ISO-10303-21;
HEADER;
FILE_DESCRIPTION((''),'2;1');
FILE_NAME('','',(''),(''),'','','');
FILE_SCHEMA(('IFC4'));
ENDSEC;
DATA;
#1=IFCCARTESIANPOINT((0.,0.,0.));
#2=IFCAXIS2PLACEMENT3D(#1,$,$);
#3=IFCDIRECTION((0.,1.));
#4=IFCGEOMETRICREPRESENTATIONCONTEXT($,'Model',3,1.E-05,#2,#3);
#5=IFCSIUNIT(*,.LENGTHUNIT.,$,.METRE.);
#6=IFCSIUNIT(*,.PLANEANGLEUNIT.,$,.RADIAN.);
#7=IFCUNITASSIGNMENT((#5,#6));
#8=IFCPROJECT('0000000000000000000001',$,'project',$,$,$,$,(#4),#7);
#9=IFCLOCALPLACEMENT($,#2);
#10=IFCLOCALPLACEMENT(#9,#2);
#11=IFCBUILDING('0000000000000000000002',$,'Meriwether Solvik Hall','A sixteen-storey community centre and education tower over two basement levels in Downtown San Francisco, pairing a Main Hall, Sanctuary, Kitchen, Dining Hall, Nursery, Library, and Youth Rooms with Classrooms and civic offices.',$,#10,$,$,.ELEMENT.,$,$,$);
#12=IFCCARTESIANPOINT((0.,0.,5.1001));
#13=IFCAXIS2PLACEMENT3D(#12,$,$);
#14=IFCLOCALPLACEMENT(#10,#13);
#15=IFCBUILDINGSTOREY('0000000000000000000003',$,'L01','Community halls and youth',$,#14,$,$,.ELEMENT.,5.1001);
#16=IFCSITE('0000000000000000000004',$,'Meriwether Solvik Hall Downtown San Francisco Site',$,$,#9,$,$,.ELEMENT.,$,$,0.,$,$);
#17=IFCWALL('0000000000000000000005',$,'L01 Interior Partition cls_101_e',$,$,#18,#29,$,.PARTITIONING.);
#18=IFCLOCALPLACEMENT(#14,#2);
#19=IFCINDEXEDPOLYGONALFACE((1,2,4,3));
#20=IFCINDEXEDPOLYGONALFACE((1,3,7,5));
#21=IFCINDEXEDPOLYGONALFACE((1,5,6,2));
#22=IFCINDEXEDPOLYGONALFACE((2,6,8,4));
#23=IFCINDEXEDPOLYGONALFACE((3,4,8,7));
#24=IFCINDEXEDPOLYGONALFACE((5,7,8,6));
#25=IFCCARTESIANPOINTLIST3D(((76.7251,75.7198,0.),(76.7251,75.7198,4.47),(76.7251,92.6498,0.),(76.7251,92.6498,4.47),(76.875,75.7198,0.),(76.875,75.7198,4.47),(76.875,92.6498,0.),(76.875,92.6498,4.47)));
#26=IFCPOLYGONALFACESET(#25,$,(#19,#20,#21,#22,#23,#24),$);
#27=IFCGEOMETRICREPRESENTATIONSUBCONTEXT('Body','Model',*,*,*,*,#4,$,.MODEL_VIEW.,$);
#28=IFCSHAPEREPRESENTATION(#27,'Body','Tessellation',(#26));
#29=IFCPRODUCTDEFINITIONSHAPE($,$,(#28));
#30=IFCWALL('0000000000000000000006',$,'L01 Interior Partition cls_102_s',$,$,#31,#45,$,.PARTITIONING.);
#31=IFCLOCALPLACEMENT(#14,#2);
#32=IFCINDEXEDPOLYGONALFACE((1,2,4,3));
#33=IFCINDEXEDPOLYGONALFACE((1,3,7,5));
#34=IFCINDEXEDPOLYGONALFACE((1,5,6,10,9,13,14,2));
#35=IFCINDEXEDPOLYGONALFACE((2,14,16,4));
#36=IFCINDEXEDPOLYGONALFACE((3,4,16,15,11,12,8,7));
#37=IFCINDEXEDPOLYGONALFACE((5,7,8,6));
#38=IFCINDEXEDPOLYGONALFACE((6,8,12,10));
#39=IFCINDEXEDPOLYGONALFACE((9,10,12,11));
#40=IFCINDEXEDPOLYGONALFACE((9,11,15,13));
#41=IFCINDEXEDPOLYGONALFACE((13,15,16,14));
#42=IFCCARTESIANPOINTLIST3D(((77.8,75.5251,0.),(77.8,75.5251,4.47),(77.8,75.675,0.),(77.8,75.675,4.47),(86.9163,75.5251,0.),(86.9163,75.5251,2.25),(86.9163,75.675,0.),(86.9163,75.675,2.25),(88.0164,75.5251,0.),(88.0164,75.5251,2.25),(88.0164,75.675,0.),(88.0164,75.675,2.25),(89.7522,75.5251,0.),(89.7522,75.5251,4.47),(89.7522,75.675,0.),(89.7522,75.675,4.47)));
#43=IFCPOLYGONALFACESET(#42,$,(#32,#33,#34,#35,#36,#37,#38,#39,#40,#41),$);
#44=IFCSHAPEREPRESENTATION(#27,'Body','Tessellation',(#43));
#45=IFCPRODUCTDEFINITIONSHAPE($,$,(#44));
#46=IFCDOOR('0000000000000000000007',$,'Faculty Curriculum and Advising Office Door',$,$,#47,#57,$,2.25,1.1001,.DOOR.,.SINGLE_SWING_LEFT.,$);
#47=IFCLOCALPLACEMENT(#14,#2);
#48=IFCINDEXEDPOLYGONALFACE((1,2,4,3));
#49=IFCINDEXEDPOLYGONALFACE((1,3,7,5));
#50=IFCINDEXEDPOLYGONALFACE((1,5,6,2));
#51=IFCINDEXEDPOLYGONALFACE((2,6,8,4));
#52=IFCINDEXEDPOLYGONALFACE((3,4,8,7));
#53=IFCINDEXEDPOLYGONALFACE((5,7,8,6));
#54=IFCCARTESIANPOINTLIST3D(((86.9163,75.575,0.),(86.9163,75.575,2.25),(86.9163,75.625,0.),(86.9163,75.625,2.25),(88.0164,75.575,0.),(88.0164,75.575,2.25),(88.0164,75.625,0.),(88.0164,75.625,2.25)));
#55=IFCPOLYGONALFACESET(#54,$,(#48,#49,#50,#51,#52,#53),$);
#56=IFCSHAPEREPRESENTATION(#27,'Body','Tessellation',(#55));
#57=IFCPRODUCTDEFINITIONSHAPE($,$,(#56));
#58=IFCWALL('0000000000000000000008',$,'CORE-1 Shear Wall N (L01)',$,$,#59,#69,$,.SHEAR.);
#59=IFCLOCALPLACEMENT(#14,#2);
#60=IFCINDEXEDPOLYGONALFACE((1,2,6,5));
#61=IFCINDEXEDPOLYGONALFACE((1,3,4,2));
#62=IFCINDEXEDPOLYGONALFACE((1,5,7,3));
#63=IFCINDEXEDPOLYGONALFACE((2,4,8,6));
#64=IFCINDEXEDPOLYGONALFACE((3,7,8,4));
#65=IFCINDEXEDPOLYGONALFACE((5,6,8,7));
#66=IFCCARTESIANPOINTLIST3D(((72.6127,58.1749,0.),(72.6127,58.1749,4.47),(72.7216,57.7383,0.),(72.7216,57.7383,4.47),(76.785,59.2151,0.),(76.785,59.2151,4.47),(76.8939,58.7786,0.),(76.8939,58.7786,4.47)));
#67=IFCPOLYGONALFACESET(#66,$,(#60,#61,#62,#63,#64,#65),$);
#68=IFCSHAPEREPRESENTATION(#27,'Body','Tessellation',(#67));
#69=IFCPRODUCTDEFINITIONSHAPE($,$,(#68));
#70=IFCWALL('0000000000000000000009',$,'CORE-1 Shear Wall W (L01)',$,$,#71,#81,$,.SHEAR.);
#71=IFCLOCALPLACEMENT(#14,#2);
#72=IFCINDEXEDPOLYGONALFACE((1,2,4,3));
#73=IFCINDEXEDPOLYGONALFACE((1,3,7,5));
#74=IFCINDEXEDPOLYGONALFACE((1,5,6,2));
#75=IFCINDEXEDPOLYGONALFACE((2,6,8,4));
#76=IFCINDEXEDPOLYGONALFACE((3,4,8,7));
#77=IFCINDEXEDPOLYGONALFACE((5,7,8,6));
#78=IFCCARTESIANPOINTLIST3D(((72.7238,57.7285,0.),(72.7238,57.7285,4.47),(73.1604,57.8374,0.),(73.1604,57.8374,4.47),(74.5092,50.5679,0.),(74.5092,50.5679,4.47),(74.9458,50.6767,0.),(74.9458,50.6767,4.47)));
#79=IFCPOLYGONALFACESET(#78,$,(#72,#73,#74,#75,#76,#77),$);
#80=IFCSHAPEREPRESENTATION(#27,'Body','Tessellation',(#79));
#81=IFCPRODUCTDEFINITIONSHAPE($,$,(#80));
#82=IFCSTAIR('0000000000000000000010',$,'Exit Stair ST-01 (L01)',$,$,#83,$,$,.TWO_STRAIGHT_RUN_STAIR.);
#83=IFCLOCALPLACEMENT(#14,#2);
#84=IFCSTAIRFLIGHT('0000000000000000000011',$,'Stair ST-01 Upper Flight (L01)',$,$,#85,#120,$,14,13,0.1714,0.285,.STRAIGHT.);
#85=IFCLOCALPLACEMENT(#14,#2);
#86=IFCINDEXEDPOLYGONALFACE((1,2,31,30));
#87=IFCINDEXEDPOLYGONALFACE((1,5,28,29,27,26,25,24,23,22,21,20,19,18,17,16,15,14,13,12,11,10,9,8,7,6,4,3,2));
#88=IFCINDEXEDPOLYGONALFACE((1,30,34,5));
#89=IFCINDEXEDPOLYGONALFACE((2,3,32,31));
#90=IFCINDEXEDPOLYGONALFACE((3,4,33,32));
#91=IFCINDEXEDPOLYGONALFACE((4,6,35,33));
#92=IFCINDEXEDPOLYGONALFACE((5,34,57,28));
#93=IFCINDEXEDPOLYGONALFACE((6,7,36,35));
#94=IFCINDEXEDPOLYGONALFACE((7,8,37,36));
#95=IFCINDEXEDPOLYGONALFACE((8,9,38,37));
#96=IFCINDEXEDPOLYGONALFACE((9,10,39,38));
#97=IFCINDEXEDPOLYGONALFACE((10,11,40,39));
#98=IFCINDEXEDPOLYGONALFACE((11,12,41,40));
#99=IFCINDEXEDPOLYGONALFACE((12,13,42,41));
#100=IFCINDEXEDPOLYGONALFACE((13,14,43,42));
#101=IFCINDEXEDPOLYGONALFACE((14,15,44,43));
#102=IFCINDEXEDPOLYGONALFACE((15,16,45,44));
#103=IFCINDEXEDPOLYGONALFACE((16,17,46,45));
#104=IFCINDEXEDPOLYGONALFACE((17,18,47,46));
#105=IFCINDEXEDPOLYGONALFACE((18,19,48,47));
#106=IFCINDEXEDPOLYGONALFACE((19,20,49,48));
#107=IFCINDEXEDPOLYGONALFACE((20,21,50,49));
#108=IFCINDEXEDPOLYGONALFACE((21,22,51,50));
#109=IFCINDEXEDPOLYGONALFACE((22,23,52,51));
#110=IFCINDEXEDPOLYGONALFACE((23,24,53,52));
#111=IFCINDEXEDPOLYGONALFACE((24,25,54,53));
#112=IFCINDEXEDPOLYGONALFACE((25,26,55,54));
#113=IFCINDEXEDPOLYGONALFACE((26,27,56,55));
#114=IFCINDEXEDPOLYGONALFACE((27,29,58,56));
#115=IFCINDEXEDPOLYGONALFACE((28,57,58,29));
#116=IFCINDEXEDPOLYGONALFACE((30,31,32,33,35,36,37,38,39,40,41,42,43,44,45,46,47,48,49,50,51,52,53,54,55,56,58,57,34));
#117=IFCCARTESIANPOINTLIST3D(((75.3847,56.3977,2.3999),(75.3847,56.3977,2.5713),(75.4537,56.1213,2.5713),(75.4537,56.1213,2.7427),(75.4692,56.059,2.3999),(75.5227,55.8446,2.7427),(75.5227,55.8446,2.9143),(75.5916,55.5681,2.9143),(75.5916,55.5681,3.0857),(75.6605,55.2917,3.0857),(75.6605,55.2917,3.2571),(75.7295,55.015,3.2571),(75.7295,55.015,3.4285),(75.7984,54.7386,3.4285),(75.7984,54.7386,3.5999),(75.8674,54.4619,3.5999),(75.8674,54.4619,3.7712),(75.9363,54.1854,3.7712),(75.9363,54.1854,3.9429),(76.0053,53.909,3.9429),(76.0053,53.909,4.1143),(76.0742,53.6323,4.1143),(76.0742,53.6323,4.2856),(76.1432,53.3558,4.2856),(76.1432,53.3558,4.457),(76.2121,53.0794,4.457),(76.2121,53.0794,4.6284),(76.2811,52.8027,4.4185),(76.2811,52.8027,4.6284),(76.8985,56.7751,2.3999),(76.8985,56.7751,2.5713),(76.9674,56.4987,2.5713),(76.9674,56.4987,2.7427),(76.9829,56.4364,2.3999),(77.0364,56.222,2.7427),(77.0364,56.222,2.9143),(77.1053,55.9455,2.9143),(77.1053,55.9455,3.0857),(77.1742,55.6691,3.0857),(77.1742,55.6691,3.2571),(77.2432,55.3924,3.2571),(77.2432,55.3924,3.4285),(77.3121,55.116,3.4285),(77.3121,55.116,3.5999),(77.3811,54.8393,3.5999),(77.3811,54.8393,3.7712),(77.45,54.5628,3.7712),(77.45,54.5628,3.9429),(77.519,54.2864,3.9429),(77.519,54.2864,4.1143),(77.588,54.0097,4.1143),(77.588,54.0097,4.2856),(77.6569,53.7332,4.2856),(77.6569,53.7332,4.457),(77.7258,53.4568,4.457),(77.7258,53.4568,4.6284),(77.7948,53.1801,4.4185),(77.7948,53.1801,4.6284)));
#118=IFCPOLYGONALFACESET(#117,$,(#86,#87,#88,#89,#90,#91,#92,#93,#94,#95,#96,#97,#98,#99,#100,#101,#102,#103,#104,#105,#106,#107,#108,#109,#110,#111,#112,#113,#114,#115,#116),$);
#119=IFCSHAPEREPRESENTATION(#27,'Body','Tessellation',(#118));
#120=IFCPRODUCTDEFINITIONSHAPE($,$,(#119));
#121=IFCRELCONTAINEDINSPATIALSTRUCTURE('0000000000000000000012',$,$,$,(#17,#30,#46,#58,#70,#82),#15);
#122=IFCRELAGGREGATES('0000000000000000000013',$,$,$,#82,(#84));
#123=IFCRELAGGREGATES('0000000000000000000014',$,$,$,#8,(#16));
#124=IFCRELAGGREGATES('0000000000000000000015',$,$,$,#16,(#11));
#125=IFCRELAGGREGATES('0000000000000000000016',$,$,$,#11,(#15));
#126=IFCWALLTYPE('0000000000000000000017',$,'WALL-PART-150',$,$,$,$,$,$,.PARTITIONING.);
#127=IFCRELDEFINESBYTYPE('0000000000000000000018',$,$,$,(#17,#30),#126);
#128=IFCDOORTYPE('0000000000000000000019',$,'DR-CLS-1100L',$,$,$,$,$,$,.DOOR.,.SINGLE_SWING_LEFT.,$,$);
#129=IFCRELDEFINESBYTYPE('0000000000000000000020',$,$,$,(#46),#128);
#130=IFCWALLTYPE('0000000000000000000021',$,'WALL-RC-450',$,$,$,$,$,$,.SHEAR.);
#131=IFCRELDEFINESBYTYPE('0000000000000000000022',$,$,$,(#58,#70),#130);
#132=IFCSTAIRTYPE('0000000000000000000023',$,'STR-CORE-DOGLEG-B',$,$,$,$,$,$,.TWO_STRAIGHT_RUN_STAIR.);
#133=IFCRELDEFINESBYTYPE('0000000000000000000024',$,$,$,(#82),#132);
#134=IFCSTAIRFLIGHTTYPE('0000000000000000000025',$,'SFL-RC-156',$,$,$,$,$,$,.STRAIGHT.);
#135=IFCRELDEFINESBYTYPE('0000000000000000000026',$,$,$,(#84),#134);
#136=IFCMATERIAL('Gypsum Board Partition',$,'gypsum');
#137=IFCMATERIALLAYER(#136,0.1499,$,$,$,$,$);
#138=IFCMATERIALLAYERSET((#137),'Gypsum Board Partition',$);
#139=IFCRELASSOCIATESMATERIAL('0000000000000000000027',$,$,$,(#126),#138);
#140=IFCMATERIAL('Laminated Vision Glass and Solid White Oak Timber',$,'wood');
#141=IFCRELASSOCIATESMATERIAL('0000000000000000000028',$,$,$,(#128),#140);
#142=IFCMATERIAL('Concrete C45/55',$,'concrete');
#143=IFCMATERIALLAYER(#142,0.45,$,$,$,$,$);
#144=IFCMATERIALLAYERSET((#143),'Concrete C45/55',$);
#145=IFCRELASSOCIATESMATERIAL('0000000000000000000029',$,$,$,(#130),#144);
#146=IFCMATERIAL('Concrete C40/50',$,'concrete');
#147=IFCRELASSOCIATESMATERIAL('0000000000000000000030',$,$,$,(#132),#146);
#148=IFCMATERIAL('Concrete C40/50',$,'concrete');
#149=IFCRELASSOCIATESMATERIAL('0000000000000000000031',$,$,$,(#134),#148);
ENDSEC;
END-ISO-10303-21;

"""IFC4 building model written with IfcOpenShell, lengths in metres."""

from ifc_helpers import new_model, si_unit, direction, frame, frame_2d, origin, place, context, subcontext, project, spatial, polyline, rectangle, outline, extrude, material, layer, layer_set, type_object, element, fill, aggregate, save


model = new_model("IFC4")

# Units and contexts
model_context = context("Model", 3, precision=1e-05, world=origin(), true_north=direction((0.0, 1.0)))
body_context = subcontext(model_context, "Body", "Model", "MODEL_VIEW")
ifc_project = project(units=[si_unit("LENGTHUNIT", "METRE"), si_unit("PLANEANGLEUNIT", "RADIAN")], contexts=[model_context])

# Site, building, storey
site_placement = place(None, origin())
site = spatial("IfcSite", under=ifc_project, at=site_placement, Name="Meriwether Solvik Hall Downtown San Francisco Site", CompositionType="ELEMENT", RefElevation=0.0)
building_placement = place(site_placement, origin())
building = spatial("IfcBuilding", under=site, at=building_placement, Name="Meriwether Solvik Hall", Description="A sixteen-storey community centre and education tower over two basement levels in Downtown San Francisco, pairing a Main Hall, Sanctuary, Kitchen, Dining Hall, Nursery, Library, and Youth Rooms with Classrooms and civic offices.", CompositionType="ELEMENT")
storey_placement = place(building_placement, frame((0.0, 0.0, 5.1001)))
storey = spatial("IfcBuildingStorey", under=building, at=storey_placement, Name="L01", Description="Community halls and youth", CompositionType="ELEMENT", Elevation=5.1001)

# Wall
ifc_material_1 = material(Name="Gypsum Board Partition", Category="gypsum")
ifc_layer_1 = layer(ifc_material_1, 0.1499)
ifc_layer_set_1 = layer_set([ifc_layer_1], Name="Gypsum Board Partition")
wall_type_1 = type_object("IfcWallType", Name="WALL-PART-150", PredefinedType="PARTITIONING", material=ifc_layer_set_1)
wall_1_placement = place(storey_placement, frame((76.8, 75.72, 0.0), z_axis=(0.0, 0.0, 1.0), x_axis=(0.0, 1.0, 0.0)))
element("IfcWall", 1, at=wall_1_placement, inside=storey, type_object=wall_type_1, Name="L01 Interior Partition cls_101_e", PredefinedType="PARTITIONING", context=body_context, shape_type="SweptSolid", body=[
    extrude(rectangle(XDim=16.9299, YDim=0.1499, at=frame_2d((8.4648, 0.0))), origin(), (0.0, 0.0, 1.0), 4.47),
])

# Wall, opening, door
wall_2_placement = place(storey_placement, frame((77.8, 75.6001, 0.0), z_axis=(0.0, 0.0, 1.0), x_axis=(1.0, 0.0, 0.0)))
wall_2 = element("IfcWall", 2, at=wall_2_placement, inside=storey, type_object=wall_type_1, Name="L01 Interior Partition cls_102_s", PredefinedType="PARTITIONING", context=body_context, shape_type="SweptSolid", body=[
    extrude(rectangle(XDim=11.9521, YDim=0.1499, at=frame_2d((5.9761, 0.0))), origin(), (0.0, 0.0, 1.0), 4.47),
])
opening_1_placement = place(wall_2_placement, frame((9.1162, 0.0, 0.0)))
opening_1 = element("IfcOpeningElement", 3, at=opening_1_placement, cuts=wall_2, PredefinedType="OPENING", context=body_context, shape_type="SweptSolid", body=[
    extrude(rectangle(XDim=1.1001, YDim=2.25, at=frame_2d((0.55, 1.125))), frame((0.0, 0.0869, 0.0), z_axis=(0.0, -1.0, 0.0), x_axis=(1.0, 0.0, 0.0)), (0.0, 0.0, 1.0), 0.1738),
])
ifc_material_2 = material(Name="Laminated Vision Glass and Solid White Oak Timber", Category="wood")
door_type_1 = type_object("IfcDoorType", Name="DR-CLS-1100L", OperationType="SINGLE_SWING_LEFT", PredefinedType="DOOR", material=ifc_material_2)
door_1_placement = place(opening_1_placement, origin())
door_1 = element("IfcDoor", 4, at=door_1_placement, inside=storey, type_object=door_type_1, Name="Faculty Curriculum and Advising Office Door", OperationType="SINGLE_SWING_LEFT", OverallHeight=2.25, OverallWidth=1.1001, PredefinedType="DOOR", context=body_context, shape_type="SweptSolid", body=[
    extrude(rectangle(XDim=1.1001, YDim=2.25, at=frame_2d((0.55, 1.125))), frame((0.0, 0.0249, 0.0), z_axis=(0.0, -1.0, 0.0), x_axis=(1.0, 0.0, 0.0)), (0.0, 0.0, 1.0), 0.05),
])
fill(opening_1, door_1)

# Walls
ifc_material_3 = material(Name="Concrete C45/55", Category="concrete")
ifc_layer_2 = layer(ifc_material_3, 0.45)
ifc_layer_set_2 = layer_set([ifc_layer_2], Name="Concrete C45/55")
wall_type_2 = type_object("IfcWallType", Name="WALL-RC-450", PredefinedType="SHEAR", material=ifc_layer_set_2)
wall_3_placement = place(storey_placement, frame((76.8394, 58.9968, 0.0), z_axis=(0.0, 0.0, 1.0), x_axis=(-0.970296, -0.241921, 0.0)))
element("IfcWall", 5, at=wall_3_placement, inside=storey, type_object=wall_type_2, Name="CORE-1 Shear Wall N (L01)", PredefinedType="SHEAR", context=body_context, shape_type="SweptSolid", body=[
    extrude(rectangle(XDim=4.3, YDim=0.45, at=frame_2d((2.1499, 0.0))), origin(), (0.0, 0.0, 1.0), 4.47),
])
wall_4_placement = place(storey_placement, frame((72.9421, 57.783, 0.0), z_axis=(0.0, 0.0, 1.0), x_axis=(0.241928, -0.970294, 0.0)))
element("IfcWall", 6, at=wall_4_placement, inside=storey, type_object=wall_type_2, Name="CORE-1 Shear Wall W (L01)", PredefinedType="SHEAR", context=body_context, shape_type="SweptSolid", body=[
    extrude(rectangle(XDim=7.3799, YDim=0.45, at=frame_2d((3.6899, 0.0))), origin(), (0.0, 0.0, 1.0), 4.47),
])

# Stair, stair flight
ifc_material_4 = material(Name="Concrete C40/50", Category="concrete")
stair_type = type_object("IfcStairType", Name="STR-CORE-DOGLEG-B", PredefinedType="TWO_STRAIGHT_RUN_STAIR", material=ifc_material_4)
stair_placement = place(storey_placement, origin())
stair = element("IfcStair", 7, at=stair_placement, inside=storey, type_object=stair_type, Name="Exit Stair ST-01 (L01)", PredefinedType="TWO_STRAIGHT_RUN_STAIR")
ifc_material_5 = material(Name="Concrete C40/50", Category="concrete")
stair_flight_type = type_object("IfcStairFlightType", Name="SFL-RC-156", PredefinedType="STRAIGHT", material=ifc_material_5)
stair_flight_placement = place(storey_placement, frame((76.1416, 56.5864, 2.3999), z_axis=(0.0, 0.0, 1.0), x_axis=(0.241922, -0.970296, 0.0)))
stair_flight = element("IfcStairFlight", 8, at=stair_flight_placement, type_object=stair_flight_type, Name="Stair ST-01 Upper Flight (L01)", NumberOfRisers=14, NumberOfTreads=13, PredefinedType="STRAIGHT", RiserHeight=0.1714, TreadLength=0.285, context=body_context, shape_type="SweptSolid", body=[
    extrude(outline(polyline([(0.0, 0.0), (0.0, 0.1714), (0.2849, 0.1714), (0.2849, 0.3428), (0.5701, 0.3428), (0.5701, 0.5144), (0.855, 0.5144), (0.855, 0.6858), (1.1399, 0.6858), (1.1399, 0.8572), (1.425, 0.8572), (1.425, 1.0286), (1.71, 1.0286), (1.71, 1.2), (1.9951, 1.2), (1.9951, 1.3713), (2.28, 1.3713), (2.28, 1.543), (2.5649, 1.543), (2.5649, 1.7144), (2.8501, 1.7144), (2.8501, 1.8857), (3.135, 1.8857), (3.135, 2.0571), (3.4199, 2.0571), (3.4199, 2.2285), (3.7051, 2.2285), (3.7051, 2.3999), (3.7051, 2.0186), (0.3491, 0.0), (0.0, 0.0)])), frame((0.0, 0.78, 0.0), z_axis=(0.0, -1.0, 0.0), x_axis=(1.0, 0.0, 0.0)), (0.0, 0.0, 1.0), 1.5601),
])
aggregate(stair, [stair_flight])

save(model, "model.ifc")
